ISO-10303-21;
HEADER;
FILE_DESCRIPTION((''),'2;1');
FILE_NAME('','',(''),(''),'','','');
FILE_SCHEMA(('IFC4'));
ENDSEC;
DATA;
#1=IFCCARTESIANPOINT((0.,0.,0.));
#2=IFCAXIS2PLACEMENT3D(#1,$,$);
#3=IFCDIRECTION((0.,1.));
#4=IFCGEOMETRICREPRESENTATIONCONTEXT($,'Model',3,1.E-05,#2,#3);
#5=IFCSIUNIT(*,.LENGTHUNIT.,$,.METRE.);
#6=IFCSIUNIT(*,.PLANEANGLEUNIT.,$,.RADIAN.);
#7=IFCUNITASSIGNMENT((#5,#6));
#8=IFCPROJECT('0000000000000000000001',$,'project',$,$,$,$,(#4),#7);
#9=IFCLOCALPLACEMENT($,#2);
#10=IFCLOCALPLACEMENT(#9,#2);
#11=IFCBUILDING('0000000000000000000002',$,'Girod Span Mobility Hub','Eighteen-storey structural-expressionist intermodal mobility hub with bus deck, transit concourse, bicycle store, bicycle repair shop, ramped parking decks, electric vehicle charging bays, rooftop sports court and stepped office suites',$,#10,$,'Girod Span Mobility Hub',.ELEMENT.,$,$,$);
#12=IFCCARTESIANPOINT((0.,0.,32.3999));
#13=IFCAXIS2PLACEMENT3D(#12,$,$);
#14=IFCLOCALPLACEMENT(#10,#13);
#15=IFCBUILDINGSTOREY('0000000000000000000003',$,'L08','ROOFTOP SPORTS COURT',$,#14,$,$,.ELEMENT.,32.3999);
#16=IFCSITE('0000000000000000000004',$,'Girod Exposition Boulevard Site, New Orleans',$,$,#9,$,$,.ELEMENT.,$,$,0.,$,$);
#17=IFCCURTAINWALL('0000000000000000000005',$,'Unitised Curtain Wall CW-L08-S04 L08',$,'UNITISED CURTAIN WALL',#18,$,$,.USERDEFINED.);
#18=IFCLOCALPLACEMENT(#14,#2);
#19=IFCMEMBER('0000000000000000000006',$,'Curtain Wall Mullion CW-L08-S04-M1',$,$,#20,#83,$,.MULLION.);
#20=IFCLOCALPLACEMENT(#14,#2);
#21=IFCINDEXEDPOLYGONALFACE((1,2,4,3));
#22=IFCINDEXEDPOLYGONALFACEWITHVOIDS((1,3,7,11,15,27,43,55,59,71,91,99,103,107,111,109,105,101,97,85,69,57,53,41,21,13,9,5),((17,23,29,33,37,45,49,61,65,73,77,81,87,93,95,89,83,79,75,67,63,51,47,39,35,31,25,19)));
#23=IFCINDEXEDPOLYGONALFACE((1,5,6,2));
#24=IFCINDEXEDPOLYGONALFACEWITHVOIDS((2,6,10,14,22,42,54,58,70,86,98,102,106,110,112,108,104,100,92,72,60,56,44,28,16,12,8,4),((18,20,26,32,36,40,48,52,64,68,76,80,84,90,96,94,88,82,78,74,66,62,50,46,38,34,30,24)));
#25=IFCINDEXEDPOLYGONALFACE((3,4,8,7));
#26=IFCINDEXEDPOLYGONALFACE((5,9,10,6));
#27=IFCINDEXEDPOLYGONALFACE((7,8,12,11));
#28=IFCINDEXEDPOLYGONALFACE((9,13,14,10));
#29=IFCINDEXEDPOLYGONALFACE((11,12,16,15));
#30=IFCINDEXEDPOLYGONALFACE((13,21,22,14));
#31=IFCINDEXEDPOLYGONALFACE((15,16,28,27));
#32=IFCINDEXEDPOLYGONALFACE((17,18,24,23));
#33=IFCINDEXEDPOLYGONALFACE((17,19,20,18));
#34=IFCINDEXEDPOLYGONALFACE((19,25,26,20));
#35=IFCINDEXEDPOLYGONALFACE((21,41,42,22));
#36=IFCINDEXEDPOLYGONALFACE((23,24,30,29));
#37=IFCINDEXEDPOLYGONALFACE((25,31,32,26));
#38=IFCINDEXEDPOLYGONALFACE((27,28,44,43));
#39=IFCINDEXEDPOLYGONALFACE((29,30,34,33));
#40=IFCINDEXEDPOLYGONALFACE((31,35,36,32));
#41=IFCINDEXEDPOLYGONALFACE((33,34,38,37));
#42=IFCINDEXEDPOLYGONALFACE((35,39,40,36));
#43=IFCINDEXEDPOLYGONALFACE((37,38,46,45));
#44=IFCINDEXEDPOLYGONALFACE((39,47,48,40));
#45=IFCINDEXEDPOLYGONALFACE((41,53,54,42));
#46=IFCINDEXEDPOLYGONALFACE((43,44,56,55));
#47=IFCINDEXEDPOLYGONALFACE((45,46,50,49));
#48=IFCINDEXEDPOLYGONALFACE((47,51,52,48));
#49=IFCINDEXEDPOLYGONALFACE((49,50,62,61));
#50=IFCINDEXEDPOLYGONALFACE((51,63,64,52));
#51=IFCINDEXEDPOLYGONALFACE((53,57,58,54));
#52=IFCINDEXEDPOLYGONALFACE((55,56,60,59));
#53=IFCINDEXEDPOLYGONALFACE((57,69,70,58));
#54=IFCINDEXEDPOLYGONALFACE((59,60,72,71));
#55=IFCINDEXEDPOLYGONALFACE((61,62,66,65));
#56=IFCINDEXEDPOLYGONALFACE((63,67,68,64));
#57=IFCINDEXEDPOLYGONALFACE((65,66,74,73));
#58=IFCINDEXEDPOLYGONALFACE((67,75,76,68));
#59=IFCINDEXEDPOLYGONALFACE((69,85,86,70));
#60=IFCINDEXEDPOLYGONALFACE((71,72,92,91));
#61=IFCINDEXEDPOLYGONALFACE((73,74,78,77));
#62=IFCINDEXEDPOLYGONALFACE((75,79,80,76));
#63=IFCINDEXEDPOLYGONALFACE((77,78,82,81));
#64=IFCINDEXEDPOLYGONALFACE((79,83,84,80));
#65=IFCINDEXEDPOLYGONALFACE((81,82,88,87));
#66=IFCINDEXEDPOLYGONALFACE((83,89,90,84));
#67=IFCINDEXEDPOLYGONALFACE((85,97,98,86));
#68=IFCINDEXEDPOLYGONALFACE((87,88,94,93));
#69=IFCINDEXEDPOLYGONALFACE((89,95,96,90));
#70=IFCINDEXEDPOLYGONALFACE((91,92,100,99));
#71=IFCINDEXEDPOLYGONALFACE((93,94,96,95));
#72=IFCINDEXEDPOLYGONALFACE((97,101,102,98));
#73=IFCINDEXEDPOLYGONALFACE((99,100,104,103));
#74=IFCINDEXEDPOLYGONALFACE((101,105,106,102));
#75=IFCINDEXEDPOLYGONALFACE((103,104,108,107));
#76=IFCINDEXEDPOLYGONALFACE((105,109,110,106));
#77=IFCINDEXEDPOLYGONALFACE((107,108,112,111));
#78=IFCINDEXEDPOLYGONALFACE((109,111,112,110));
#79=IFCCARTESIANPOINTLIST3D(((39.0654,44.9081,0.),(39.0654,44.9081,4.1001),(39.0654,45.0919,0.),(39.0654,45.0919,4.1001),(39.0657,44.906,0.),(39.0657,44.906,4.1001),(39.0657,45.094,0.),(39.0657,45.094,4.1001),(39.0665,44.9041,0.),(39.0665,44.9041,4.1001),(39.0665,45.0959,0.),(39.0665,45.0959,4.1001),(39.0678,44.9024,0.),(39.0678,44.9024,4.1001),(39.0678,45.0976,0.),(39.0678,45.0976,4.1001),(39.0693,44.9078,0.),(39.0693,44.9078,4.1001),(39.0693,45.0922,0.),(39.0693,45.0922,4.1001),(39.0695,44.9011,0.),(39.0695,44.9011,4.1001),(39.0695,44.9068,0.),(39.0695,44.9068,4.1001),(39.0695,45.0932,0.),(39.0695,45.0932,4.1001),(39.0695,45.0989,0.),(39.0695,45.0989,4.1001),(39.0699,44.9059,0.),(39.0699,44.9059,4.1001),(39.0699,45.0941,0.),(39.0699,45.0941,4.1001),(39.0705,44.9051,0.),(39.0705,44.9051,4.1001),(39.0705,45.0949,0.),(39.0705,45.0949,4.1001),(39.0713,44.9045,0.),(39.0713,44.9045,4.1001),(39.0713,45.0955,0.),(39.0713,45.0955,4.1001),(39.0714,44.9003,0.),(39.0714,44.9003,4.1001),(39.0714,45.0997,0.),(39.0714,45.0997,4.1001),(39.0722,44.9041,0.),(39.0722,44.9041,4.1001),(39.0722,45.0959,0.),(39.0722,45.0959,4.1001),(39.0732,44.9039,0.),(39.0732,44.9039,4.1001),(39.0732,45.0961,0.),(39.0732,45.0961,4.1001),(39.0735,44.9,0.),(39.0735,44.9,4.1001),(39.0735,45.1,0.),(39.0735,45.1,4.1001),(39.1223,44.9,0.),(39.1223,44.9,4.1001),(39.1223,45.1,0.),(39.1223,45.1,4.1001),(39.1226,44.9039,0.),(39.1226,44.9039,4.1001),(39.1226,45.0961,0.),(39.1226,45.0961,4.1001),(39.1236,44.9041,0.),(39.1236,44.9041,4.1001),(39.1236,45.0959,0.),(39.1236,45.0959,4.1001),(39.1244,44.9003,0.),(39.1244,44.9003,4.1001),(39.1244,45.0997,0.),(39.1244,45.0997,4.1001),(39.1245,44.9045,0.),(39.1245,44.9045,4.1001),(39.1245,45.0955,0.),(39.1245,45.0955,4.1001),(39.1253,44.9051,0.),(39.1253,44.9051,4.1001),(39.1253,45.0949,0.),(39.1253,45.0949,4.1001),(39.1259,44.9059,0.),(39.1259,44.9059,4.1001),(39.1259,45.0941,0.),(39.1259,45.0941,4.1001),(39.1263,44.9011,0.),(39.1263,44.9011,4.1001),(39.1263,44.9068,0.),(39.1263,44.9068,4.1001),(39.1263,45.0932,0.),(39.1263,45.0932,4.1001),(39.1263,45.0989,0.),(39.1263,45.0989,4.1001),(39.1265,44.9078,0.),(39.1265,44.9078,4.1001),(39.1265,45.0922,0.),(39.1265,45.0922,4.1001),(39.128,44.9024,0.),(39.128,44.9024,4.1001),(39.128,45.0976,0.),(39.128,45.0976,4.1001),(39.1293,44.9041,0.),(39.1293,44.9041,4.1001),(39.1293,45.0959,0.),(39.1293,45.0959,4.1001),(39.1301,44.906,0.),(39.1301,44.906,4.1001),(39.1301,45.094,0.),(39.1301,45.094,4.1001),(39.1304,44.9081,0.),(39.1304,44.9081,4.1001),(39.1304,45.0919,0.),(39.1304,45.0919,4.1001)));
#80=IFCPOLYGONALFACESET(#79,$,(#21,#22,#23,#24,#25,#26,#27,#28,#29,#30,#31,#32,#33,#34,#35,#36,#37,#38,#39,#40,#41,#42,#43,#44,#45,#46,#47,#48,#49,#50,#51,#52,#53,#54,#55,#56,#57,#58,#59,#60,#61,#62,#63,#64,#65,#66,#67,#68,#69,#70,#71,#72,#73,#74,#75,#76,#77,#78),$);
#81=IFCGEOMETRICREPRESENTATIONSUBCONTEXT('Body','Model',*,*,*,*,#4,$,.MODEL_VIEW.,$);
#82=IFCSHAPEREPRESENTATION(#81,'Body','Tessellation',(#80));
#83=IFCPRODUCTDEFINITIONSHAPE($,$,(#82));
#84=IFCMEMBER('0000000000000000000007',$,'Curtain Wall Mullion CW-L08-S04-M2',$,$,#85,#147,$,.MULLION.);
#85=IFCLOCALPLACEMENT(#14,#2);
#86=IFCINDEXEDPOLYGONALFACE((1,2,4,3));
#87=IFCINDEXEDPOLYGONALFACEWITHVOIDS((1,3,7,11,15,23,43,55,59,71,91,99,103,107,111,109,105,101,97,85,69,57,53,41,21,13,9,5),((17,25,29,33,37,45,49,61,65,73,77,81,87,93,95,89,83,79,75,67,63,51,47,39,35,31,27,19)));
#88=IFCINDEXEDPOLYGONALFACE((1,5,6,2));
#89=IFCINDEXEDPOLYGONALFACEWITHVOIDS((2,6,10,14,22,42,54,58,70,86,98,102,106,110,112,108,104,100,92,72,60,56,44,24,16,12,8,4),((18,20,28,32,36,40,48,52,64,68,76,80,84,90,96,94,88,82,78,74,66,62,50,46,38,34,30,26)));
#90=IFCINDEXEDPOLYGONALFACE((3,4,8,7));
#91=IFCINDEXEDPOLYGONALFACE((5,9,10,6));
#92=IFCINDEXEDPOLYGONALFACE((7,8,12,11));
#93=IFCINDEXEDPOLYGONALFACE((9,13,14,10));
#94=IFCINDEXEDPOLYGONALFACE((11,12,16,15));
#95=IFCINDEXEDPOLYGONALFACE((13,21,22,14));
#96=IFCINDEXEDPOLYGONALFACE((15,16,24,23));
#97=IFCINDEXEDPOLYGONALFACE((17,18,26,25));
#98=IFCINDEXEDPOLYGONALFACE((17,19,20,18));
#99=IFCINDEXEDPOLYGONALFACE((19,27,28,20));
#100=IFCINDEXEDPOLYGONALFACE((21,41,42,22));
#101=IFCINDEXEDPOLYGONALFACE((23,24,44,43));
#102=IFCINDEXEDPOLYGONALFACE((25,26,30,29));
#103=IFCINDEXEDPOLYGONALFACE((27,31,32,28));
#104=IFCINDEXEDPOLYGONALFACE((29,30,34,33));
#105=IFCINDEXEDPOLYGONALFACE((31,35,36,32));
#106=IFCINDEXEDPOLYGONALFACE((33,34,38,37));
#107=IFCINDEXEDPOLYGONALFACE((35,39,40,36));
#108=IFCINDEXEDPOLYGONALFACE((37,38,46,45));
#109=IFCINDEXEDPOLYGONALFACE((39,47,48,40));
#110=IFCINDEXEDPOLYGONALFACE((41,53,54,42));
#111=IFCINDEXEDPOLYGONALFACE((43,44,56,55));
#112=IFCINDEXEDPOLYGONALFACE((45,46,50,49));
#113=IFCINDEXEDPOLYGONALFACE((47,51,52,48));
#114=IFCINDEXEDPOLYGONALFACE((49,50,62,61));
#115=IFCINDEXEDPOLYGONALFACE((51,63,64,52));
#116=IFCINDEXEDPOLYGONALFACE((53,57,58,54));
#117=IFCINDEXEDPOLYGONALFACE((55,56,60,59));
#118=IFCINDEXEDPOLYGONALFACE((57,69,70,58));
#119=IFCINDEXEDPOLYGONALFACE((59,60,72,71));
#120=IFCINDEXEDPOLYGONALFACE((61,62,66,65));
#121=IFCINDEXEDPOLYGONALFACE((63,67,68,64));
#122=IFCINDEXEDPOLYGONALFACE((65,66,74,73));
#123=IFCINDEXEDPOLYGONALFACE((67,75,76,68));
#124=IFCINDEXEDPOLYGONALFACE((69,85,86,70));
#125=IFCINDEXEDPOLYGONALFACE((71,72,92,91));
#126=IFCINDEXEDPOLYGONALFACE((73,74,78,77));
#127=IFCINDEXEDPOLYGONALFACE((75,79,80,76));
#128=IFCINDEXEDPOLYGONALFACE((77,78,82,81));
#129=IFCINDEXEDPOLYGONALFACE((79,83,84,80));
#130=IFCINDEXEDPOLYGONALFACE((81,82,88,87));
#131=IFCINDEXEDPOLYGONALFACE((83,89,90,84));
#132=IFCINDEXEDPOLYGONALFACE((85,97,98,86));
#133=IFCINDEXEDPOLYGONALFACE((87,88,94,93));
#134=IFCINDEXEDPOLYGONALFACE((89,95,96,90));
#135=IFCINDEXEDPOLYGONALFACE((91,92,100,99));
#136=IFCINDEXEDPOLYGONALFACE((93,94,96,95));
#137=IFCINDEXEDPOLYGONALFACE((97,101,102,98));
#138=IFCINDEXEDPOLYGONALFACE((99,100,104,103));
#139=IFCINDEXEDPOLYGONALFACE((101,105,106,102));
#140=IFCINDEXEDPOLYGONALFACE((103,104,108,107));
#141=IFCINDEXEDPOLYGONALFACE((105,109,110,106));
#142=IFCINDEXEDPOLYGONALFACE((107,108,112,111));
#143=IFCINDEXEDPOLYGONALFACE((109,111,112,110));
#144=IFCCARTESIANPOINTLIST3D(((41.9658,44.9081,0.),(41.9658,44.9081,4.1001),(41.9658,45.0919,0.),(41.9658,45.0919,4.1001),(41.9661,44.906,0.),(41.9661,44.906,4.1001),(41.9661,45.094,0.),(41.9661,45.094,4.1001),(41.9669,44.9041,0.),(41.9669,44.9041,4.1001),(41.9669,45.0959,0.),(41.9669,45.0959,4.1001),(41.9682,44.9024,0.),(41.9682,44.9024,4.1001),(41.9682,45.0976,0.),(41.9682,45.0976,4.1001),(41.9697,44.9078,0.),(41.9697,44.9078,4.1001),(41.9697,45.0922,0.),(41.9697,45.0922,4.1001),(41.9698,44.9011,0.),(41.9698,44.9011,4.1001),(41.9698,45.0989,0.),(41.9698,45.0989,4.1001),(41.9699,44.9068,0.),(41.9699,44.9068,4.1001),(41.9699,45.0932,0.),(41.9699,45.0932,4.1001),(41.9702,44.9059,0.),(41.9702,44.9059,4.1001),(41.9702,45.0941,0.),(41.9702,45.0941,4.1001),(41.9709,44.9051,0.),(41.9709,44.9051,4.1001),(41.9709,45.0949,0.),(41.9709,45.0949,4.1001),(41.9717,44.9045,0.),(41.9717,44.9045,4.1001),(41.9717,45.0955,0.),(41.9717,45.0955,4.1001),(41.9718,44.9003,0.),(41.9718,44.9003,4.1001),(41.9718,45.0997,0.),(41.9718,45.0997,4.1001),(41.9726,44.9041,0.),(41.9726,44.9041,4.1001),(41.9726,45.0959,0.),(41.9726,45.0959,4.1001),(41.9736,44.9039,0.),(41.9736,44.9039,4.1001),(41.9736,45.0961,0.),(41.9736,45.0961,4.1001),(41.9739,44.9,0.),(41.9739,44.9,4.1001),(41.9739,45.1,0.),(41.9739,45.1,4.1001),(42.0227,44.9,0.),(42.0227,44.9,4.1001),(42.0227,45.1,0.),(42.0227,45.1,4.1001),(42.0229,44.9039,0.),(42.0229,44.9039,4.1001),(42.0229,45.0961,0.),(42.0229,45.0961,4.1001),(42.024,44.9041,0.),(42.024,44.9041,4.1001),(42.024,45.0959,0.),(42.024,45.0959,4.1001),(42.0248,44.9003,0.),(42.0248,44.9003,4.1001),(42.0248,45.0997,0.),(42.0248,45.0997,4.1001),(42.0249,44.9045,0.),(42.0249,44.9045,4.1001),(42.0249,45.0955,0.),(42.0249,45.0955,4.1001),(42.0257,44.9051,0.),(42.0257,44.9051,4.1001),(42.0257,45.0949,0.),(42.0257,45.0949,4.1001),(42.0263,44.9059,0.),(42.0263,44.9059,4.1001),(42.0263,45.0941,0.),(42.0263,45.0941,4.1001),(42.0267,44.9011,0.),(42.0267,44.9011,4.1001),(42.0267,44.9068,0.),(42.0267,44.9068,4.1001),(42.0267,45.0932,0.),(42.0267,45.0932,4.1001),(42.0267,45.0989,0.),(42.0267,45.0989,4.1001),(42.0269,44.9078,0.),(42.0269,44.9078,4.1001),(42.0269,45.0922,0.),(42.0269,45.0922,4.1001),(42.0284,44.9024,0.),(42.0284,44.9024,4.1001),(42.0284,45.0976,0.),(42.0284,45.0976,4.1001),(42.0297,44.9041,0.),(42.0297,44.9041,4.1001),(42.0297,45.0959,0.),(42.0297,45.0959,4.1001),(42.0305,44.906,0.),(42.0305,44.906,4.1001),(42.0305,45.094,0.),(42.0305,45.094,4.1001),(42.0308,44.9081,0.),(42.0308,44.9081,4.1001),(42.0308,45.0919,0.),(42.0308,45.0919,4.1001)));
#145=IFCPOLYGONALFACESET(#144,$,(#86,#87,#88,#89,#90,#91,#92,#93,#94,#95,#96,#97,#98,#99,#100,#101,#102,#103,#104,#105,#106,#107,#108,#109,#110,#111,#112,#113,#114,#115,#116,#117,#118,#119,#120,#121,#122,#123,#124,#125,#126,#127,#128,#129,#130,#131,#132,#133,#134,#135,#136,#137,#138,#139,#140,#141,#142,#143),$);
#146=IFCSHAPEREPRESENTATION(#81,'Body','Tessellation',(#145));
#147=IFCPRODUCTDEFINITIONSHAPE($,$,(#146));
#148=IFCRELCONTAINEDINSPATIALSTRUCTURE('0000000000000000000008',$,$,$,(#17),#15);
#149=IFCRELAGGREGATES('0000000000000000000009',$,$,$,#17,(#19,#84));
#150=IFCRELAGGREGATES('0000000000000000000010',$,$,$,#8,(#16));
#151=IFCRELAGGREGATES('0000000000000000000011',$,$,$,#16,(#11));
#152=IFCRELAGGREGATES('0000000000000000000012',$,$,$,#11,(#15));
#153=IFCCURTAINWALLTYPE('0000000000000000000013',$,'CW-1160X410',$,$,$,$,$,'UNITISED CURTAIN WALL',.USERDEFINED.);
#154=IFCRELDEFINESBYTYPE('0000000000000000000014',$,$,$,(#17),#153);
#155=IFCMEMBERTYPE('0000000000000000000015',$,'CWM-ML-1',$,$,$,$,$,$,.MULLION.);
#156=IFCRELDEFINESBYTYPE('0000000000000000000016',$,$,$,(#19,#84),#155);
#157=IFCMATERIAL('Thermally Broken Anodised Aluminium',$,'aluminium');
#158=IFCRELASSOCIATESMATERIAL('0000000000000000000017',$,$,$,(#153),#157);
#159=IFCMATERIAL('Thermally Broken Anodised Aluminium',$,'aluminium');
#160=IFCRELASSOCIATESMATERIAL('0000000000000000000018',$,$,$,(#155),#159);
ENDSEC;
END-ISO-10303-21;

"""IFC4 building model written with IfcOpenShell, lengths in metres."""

from ifc_helpers import new_model, si_unit, direction, frame, origin, origin_2d, place, context, subcontext, project, spatial, hollow_rectangle, extrude, material, material_profile, profile_set, type_object, element, aggregate, save


model = new_model("IFC4")

# Units and contexts
model_context = context("Model", 3, precision=1e-05, world=origin(), true_north=direction((0.0, 1.0)))
body_context = subcontext(model_context, "Body", "Model", "MODEL_VIEW")
ifc_project = project(units=[si_unit("LENGTHUNIT", "METRE"), si_unit("PLANEANGLEUNIT", "RADIAN")], contexts=[model_context])

# Site, building, storey
site_placement = place(None, origin())
site = spatial("IfcSite", under=ifc_project, at=site_placement, Name="Girod Exposition Boulevard Site, New Orleans", CompositionType="ELEMENT", RefElevation=0.0)
building_placement = place(site_placement, origin())
building = spatial("IfcBuilding", under=site, at=building_placement, Name="Girod Span Mobility Hub", Description="Eighteen-storey structural-expressionist intermodal mobility hub with bus deck, transit concourse, bicycle store, bicycle repair shop, ramped parking decks, electric vehicle charging bays, rooftop sports court and stepped office suites", LongName="Girod Span Mobility Hub", CompositionType="ELEMENT")
storey_placement = place(building_placement, frame((0.0, 0.0, 32.3999)))
storey = spatial("IfcBuildingStorey", under=building, at=storey_placement, Name="L08", Description="ROOFTOP SPORTS COURT", CompositionType="ELEMENT", Elevation=32.3999)

# Shared definitions
ifc_material_1 = material(Name="Thermally Broken Anodised Aluminium", Category="aluminium")
curtain_wall_type = type_object("IfcCurtainWallType", Name="CW-1160X410", ElementType="UNITISED CURTAIN WALL", PredefinedType="USERDEFINED", material=ifc_material_1)
ifc_material_2 = material(Name="Thermally Broken Anodised Aluminium", Category="aluminium")
ifc_material_profile_1 = material_profile(ifc_material_2, hollow_rectangle(XDim=0.2, YDim=0.0649, WallThickness=0.0039, InnerFilletRadius=0.0039, OuterFilletRadius=0.0081, at=origin_2d()), Name="CW-ML-65X200")
ifc_profile_set_1 = profile_set([ifc_material_profile_1], Name="Thermally Broken Anodised Aluminium")
member_type_1 = type_object("IfcMemberType", Name="CWM-ML-1", PredefinedType="MULLION", material=ifc_profile_set_1)

# Curtain wall, members
curtain_wall_1_placement = place(storey_placement, origin())
curtain_wall_1 = element("IfcCurtainWall", 1, at=curtain_wall_1_placement, inside=storey, type_object=curtain_wall_type, Name="Unitised Curtain Wall CW-L08-S04 L08", ObjectType="UNITISED CURTAIN WALL", PredefinedType="USERDEFINED")
member_1_placement = place(storey_placement, frame((39.0979, 45.0, 0.0), z_axis=(0.0, 0.0, 1.0), x_axis=(0.0, 1.0, 0.0)))
member_1 = element("IfcMember", 2, at=member_1_placement, type_object=member_type_1, Name="Curtain Wall Mullion CW-L08-S04-M1", PredefinedType="MULLION", context=body_context, shape_type="SweptSolid", body=[
    extrude(hollow_rectangle(XDim=0.2, YDim=0.0649, WallThickness=0.0039, InnerFilletRadius=0.0039, OuterFilletRadius=0.0081, at=origin_2d()), origin(), (0.0, 0.0, 1.0), 4.1001),
])
member_2_placement = place(storey_placement, frame((41.9983, 45.0, 0.0), z_axis=(0.0, 0.0, 1.0), x_axis=(0.0, 1.0, 0.0)))
member_2 = element("IfcMember", 3, at=member_2_placement, type_object=member_type_1, Name="Curtain Wall Mullion CW-L08-S04-M2", PredefinedType="MULLION", context=body_context, shape_type="SweptSolid", body=[
    extrude(hollow_rectangle(XDim=0.2, YDim=0.0649, WallThickness=0.0039, InnerFilletRadius=0.0039, OuterFilletRadius=0.0081, at=origin_2d()), origin(), (0.0, 0.0, 1.0), 4.1001),
])

aggregate(curtain_wall_1, [member_1, member_2])

save(model, "model.ifc")
